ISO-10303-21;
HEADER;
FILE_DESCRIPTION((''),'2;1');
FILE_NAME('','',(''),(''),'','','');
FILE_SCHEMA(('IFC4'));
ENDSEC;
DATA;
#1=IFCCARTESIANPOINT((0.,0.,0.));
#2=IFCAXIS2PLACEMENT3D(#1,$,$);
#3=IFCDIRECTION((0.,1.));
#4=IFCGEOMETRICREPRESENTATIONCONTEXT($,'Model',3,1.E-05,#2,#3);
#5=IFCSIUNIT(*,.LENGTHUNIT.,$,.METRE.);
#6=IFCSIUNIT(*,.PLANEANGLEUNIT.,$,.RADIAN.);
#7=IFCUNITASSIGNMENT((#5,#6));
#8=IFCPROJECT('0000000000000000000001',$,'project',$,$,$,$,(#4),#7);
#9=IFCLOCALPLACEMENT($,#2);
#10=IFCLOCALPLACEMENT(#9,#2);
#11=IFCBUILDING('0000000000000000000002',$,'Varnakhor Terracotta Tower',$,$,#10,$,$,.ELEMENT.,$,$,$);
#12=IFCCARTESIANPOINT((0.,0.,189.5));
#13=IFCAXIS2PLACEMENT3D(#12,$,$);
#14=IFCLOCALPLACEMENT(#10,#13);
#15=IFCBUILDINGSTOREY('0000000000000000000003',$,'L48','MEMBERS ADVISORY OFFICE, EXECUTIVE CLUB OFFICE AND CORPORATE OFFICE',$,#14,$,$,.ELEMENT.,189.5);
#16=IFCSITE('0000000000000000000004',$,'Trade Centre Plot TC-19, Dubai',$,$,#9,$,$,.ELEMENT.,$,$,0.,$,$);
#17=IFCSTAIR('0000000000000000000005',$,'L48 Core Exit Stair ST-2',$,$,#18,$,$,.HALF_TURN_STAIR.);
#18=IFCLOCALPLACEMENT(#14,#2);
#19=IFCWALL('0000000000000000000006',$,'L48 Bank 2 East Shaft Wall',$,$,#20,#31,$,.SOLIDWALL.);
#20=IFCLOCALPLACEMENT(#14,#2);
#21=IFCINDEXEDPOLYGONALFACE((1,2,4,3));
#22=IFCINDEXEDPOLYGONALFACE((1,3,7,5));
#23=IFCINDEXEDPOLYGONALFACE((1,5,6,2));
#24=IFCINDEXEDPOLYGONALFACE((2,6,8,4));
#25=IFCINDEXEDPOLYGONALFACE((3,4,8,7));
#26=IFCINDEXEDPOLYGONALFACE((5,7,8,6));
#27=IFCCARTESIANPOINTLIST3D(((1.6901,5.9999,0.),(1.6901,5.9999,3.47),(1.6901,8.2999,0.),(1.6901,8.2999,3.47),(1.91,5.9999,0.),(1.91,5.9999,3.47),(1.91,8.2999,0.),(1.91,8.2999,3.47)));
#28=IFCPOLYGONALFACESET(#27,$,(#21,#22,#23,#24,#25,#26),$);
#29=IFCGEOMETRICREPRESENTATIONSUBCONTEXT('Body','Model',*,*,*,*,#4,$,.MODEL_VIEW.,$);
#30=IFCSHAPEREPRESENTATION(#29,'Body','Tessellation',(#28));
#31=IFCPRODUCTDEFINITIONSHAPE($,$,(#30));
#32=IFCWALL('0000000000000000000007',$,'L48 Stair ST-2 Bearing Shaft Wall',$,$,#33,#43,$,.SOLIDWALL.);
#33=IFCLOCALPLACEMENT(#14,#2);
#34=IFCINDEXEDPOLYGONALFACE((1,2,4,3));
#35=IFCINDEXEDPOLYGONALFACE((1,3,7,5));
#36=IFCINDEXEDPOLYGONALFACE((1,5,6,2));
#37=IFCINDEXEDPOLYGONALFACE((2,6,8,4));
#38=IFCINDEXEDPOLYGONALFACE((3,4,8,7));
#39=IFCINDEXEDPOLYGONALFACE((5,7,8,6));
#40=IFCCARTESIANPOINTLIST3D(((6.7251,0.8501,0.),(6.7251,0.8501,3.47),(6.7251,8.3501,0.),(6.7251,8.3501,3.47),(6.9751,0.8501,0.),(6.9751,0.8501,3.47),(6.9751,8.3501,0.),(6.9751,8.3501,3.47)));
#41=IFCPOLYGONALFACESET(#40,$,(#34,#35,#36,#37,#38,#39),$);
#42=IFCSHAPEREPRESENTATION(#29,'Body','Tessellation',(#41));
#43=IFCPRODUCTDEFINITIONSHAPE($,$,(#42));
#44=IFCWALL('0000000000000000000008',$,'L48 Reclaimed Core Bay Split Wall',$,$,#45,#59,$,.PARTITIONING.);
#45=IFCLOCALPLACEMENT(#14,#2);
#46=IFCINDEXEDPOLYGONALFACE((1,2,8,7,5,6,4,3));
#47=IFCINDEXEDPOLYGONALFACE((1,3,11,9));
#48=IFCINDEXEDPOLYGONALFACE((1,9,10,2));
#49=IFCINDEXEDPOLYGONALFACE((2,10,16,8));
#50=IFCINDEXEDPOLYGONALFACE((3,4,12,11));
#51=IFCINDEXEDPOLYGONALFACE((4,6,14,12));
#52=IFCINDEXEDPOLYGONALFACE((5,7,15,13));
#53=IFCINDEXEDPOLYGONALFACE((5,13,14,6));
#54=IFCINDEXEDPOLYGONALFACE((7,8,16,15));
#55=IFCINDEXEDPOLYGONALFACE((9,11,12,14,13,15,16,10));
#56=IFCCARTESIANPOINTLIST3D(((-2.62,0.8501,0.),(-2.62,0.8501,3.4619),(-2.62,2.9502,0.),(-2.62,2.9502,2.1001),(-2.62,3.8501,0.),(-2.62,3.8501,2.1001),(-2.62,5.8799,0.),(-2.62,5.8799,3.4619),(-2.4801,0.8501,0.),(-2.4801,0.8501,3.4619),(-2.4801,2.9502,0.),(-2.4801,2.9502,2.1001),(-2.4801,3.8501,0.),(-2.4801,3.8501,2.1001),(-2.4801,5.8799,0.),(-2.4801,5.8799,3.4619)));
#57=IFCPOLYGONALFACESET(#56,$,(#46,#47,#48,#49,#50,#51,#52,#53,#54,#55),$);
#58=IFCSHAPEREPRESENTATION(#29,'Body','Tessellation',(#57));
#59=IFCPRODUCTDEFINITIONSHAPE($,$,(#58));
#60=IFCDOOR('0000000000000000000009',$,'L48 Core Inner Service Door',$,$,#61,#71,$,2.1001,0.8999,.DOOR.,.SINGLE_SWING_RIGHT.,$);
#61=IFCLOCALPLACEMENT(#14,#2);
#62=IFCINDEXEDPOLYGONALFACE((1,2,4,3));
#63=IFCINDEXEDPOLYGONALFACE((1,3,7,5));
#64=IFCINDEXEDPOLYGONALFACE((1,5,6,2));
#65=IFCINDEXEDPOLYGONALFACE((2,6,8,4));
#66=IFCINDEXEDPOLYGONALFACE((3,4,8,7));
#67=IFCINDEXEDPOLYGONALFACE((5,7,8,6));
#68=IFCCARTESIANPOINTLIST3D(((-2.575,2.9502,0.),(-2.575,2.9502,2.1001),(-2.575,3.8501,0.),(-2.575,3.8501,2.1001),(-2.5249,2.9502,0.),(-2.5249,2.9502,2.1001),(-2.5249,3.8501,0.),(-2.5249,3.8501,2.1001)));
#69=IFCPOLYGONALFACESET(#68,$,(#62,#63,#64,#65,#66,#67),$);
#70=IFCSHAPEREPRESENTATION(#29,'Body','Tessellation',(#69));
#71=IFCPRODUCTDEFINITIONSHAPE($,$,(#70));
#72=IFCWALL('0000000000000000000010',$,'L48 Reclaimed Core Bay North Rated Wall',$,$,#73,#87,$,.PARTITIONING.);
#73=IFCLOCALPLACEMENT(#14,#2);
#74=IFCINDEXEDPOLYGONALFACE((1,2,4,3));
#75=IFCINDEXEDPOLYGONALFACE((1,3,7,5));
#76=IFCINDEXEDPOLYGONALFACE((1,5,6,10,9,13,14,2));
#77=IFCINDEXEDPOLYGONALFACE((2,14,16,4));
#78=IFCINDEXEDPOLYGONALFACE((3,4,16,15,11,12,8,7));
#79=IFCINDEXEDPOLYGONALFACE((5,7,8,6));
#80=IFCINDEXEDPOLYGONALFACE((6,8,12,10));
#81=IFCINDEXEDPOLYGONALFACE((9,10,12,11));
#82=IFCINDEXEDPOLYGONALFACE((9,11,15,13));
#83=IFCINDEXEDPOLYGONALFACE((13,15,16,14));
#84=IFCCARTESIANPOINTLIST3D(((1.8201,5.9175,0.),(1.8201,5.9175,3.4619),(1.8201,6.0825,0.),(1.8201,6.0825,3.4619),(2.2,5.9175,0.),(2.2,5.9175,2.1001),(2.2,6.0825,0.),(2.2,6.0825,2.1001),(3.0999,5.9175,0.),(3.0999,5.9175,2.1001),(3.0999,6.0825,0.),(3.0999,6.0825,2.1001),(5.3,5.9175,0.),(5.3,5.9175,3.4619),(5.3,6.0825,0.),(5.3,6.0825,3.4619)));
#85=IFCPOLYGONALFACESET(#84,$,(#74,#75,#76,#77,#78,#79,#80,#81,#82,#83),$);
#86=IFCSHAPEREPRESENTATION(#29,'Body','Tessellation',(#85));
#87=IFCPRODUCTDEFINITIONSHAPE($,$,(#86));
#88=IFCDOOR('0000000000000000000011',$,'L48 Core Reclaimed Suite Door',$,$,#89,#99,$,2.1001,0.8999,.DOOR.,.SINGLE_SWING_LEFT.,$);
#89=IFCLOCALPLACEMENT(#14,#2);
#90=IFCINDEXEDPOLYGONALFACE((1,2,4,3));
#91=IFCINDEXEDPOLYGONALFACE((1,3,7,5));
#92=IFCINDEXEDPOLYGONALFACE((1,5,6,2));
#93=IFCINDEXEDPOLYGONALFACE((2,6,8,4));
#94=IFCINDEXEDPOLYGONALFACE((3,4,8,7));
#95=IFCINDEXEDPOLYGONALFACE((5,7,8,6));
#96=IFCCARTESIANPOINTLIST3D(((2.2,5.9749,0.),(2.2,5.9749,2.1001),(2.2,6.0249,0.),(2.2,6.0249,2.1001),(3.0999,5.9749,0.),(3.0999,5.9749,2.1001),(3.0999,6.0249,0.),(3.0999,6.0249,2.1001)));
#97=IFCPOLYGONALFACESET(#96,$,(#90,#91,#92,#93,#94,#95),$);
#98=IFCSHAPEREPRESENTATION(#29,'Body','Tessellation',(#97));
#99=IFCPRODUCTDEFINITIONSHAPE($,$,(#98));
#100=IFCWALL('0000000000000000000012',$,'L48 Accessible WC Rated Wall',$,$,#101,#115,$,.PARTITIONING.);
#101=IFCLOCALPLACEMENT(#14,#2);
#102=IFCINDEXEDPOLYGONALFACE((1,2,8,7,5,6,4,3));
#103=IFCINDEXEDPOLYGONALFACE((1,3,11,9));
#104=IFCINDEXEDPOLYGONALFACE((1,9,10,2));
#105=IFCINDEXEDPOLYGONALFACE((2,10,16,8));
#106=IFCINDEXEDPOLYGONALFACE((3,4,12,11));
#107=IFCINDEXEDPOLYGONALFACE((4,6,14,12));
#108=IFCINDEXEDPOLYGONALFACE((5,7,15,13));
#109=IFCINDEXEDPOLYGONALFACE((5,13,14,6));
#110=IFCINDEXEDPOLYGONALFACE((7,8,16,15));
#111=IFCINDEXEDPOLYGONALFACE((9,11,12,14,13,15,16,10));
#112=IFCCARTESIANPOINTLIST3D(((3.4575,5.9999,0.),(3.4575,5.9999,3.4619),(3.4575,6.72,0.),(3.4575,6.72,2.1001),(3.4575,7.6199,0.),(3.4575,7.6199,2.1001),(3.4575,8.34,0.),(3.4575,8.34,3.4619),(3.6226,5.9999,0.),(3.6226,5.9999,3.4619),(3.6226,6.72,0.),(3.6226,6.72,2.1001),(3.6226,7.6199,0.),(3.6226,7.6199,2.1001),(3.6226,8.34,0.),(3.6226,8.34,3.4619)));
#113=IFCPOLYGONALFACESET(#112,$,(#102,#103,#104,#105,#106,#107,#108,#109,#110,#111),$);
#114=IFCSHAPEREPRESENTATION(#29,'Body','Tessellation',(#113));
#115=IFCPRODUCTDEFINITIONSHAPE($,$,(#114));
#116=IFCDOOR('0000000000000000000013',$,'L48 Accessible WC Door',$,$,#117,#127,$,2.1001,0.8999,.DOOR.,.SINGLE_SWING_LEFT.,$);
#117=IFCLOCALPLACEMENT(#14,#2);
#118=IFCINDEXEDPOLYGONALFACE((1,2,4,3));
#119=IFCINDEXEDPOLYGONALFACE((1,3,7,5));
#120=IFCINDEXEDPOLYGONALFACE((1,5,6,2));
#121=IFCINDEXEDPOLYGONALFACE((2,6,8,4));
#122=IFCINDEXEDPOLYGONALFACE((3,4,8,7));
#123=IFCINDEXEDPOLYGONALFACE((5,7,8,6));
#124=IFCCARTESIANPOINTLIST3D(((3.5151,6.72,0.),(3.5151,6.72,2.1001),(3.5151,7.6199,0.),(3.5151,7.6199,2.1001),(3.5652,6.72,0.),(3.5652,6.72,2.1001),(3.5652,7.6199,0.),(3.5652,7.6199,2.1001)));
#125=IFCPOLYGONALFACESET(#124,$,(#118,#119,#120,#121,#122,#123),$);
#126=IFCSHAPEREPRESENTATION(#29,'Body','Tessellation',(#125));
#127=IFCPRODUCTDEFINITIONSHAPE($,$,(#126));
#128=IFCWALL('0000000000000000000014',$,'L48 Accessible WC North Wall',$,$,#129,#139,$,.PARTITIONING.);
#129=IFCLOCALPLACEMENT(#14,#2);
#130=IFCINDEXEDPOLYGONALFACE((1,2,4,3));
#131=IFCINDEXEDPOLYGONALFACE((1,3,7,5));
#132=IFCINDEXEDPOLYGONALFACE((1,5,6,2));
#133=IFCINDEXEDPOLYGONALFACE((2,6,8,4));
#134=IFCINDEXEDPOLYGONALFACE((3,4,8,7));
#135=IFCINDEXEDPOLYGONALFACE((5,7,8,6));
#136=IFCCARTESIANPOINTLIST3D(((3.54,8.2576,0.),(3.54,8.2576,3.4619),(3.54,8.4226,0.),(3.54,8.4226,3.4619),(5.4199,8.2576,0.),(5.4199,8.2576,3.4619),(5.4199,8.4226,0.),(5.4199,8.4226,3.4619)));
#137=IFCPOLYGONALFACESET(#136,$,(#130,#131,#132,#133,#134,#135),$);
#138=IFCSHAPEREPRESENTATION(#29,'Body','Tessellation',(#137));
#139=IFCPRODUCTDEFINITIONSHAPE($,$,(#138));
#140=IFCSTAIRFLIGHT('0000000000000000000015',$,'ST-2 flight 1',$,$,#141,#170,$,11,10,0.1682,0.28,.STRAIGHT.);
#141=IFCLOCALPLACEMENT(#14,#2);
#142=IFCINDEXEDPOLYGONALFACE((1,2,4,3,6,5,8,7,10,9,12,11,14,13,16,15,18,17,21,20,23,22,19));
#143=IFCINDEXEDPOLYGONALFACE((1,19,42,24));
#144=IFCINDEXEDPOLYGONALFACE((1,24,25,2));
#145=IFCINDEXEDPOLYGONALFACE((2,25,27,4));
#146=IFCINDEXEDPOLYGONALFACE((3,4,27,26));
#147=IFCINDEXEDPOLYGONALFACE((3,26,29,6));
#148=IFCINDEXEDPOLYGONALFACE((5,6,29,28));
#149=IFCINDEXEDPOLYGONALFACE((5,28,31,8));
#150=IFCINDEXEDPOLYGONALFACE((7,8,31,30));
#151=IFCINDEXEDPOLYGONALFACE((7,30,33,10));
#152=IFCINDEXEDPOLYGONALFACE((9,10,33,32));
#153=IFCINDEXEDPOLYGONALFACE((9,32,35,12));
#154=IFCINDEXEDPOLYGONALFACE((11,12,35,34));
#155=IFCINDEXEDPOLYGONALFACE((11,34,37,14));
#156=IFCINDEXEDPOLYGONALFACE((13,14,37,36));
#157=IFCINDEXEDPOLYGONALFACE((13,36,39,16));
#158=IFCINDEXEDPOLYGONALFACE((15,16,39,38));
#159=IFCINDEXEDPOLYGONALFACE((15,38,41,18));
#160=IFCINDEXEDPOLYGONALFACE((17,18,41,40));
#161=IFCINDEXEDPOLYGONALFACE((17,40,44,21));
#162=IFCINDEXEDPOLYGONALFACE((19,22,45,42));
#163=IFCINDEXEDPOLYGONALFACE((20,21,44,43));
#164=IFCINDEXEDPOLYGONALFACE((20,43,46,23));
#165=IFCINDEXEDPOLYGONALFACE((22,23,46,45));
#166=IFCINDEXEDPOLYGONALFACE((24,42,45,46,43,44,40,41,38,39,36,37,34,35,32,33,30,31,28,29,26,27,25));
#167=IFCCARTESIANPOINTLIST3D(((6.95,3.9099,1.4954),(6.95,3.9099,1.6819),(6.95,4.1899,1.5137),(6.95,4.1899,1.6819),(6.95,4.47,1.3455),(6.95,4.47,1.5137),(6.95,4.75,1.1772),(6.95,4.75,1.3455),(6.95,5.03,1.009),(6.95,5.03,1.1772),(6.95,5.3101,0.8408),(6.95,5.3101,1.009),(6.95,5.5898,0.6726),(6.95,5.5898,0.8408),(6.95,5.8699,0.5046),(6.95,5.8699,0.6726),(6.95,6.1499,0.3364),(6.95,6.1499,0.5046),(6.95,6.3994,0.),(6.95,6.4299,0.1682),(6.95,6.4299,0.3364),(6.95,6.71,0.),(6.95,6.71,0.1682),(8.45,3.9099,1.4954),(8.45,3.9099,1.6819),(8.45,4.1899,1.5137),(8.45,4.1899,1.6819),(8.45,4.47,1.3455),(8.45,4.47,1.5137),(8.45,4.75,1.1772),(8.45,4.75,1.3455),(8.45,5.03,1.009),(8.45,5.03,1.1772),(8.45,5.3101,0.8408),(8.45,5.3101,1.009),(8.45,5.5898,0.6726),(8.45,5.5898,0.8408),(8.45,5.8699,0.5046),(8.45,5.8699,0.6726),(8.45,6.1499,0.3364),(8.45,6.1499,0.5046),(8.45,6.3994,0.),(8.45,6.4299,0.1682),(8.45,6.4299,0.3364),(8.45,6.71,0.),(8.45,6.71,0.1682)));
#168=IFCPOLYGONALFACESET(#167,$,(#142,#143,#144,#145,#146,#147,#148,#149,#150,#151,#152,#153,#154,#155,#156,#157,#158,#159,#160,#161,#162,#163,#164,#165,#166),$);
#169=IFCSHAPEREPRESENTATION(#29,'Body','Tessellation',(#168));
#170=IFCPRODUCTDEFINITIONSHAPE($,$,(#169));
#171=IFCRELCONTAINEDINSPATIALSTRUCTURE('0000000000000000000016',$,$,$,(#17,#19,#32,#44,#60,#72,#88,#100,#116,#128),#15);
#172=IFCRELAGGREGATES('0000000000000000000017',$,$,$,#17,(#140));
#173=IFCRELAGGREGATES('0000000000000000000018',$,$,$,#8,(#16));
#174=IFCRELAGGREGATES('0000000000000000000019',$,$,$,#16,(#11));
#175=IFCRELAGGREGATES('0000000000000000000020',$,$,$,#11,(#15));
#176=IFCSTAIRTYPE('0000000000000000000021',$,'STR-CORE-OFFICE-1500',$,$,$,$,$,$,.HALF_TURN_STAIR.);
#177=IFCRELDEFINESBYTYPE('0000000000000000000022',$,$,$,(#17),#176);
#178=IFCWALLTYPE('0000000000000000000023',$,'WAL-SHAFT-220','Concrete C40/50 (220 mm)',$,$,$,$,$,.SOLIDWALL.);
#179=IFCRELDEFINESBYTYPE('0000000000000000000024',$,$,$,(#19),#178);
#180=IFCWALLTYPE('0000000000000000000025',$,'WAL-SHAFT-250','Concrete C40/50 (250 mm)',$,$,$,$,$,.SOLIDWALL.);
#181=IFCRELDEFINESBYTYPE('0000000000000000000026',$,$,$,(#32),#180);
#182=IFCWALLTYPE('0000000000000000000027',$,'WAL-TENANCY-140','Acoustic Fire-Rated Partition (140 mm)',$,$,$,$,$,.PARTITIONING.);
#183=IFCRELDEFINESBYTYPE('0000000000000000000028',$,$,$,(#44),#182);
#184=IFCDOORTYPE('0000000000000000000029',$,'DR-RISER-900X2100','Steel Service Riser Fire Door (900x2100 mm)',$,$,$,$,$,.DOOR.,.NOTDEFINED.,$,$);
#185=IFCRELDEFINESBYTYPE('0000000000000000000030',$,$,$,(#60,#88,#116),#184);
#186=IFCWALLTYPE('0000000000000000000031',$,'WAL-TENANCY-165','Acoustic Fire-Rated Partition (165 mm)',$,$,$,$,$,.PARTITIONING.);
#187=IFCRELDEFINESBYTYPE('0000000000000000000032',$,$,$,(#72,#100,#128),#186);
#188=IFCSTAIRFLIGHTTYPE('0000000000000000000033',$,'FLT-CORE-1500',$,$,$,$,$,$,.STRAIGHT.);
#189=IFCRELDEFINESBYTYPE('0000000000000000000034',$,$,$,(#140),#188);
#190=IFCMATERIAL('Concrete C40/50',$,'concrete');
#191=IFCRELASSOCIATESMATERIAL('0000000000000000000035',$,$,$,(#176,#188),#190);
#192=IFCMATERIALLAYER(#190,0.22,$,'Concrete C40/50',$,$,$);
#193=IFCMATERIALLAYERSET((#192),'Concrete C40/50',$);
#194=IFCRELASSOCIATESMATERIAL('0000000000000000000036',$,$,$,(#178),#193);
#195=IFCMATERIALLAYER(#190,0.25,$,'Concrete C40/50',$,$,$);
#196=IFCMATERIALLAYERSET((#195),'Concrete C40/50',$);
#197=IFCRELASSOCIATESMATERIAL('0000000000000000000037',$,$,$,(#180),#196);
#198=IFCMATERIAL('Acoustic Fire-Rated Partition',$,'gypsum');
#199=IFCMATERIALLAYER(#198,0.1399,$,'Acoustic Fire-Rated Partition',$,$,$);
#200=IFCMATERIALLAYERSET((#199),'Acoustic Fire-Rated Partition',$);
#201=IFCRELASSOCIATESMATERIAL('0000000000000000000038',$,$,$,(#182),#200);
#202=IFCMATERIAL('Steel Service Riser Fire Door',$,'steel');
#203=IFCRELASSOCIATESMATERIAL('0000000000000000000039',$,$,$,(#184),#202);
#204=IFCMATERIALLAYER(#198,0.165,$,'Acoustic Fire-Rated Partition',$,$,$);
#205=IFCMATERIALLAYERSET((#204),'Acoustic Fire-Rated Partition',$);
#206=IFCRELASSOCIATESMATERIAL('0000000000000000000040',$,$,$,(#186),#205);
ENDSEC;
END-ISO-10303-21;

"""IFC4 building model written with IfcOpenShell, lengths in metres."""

from ifc_helpers import new_model, si_unit, direction, frame, frame_2d, origin, place, context, subcontext, project, spatial, polyline, rectangle, outline, extrude, source, transform, mapped, material, layer, layer_set, type_object, type_shapes, element, fill, aggregate, save


model = new_model("IFC4")

# Units and contexts
model_context = context("Model", 3, precision=1e-05, world=origin(), true_north=direction((0.0, 1.0)))
body_context = subcontext(model_context, "Body", "Model", "MODEL_VIEW")
ifc_project = project(units=[si_unit("LENGTHUNIT", "METRE"), si_unit("PLANEANGLEUNIT", "RADIAN")], contexts=[model_context])

# Site, building, storey
site_placement = place(None, origin())
site = spatial("IfcSite", under=ifc_project, at=site_placement, Name="Trade Centre Plot TC-19, Dubai", CompositionType="ELEMENT", RefElevation=0.0)
building_placement = place(site_placement, origin())
building = spatial("IfcBuilding", under=site, at=building_placement, Name="Varnakhor Terracotta Tower", CompositionType="ELEMENT")
storey_placement = place(building_placement, frame((0.0, 0.0, 189.5)))
storey = spatial("IfcBuildingStorey", under=building, at=storey_placement, Name="L48", Description="MEMBERS ADVISORY OFFICE, EXECUTIVE CLUB OFFICE AND CORPORATE OFFICE", CompositionType="ELEMENT", Elevation=189.5)

# Stair
ifc_material_1 = material(Name="Concrete C40/50", Category="concrete")
stair_type = type_object("IfcStairType", Name="STR-CORE-OFFICE-1500", PredefinedType="HALF_TURN_STAIR", material=ifc_material_1)
stair_1_placement = place(storey_placement, origin())
stair_1 = element("IfcStair", 1, at=stair_1_placement, inside=storey, type_object=stair_type, Name="L48 Core Exit Stair ST-2", PredefinedType="HALF_TURN_STAIR")

# Walls
ifc_layer_1 = layer(ifc_material_1, 0.22, Name="Concrete C40/50")
ifc_layer_set_1 = layer_set([ifc_layer_1], Name="Concrete C40/50")
wall_type_1 = type_object("IfcWallType", Name="WAL-SHAFT-220", Description="Concrete C40/50 (220 mm)", PredefinedType="SOLIDWALL", material=ifc_layer_set_1)
wall_1_placement = place(storey_placement, frame((1.8, 6.0, 0.0), z_axis=(0.0, 0.0, 1.0), x_axis=(0.0, 1.0, 0.0)))
element("IfcWall", 2, at=wall_1_placement, inside=storey, type_object=wall_type_1, Name="L48 Bank 2 East Shaft Wall", PredefinedType="SOLIDWALL", context=body_context, shape_type="SweptSolid", body=[
    extrude(rectangle(XDim=2.3, YDim=0.22, at=frame_2d((1.1499, 0.0))), origin(), (0.0, 0.0, 1.0), 3.47),
])
ifc_layer_2 = layer(ifc_material_1, 0.25, Name="Concrete C40/50")
ifc_layer_set_2 = layer_set([ifc_layer_2], Name="Concrete C40/50")
wall_type_2 = type_object("IfcWallType", Name="WAL-SHAFT-250", Description="Concrete C40/50 (250 mm)", PredefinedType="SOLIDWALL", material=ifc_layer_set_2)
wall_2_placement = place(storey_placement, frame((6.8501, 0.8501, 0.0), z_axis=(0.0, 0.0, 1.0), x_axis=(0.0, 1.0, 0.0)))
element("IfcWall", 3, at=wall_2_placement, inside=storey, type_object=wall_type_2, Name="L48 Stair ST-2 Bearing Shaft Wall", PredefinedType="SOLIDWALL", context=body_context, shape_type="SweptSolid", body=[
    extrude(rectangle(XDim=7.5, YDim=0.25, at=frame_2d((3.75, 0.0))), origin(), (0.0, 0.0, 1.0), 3.47),
])

# Walls, openings, doors
ifc_material_2 = material(Name="Acoustic Fire-Rated Partition", Category="gypsum")
ifc_layer_3 = layer(ifc_material_2, 0.1399, Name="Acoustic Fire-Rated Partition")
ifc_layer_set_3 = layer_set([ifc_layer_3], Name="Acoustic Fire-Rated Partition")
wall_type_3 = type_object("IfcWallType", Name="WAL-TENANCY-140", Description="Acoustic Fire-Rated Partition (140 mm)", PredefinedType="PARTITIONING", material=ifc_layer_set_3)
wall_3_placement = place(storey_placement, frame((-2.55, 0.8501, 0.0), z_axis=(0.0, 0.0, 1.0), x_axis=(0.0, 1.0, 0.0)))
wall_3 = element("IfcWall", 4, at=wall_3_placement, inside=storey, type_object=wall_type_3, Name="L48 Reclaimed Core Bay Split Wall", PredefinedType="PARTITIONING", context=body_context, shape_type="SweptSolid", body=[
    extrude(rectangle(XDim=5.0298, YDim=0.1399, at=frame_2d((2.5149, 0.0))), origin(), (0.0, 0.0, 1.0), 3.4619),
])
opening_1_placement = place(wall_3_placement, frame((2.1001, 0.0, 0.0)))
opening_1 = element("IfcOpeningElement", 5, at=opening_1_placement, cuts=wall_3, PredefinedType="OPENING", context=body_context, shape_type="SweptSolid", body=[
    extrude(rectangle(XDim=0.8999, YDim=2.1001, at=frame_2d((0.45, 1.05))), frame((0.0, 0.0801, 0.0), z_axis=(0.0, -1.0, 0.0), x_axis=(1.0, 0.0, 0.0)), (0.0, 0.0, 1.0), 0.1599),
])
ifc_material_3 = material(Name="Steel Service Riser Fire Door", Category="steel")
door_type_1 = type_object("IfcDoorType", Name="DR-RISER-900X2100", Description="Steel Service Riser Fire Door (900x2100 mm)", OperationType="NOTDEFINED", PredefinedType="DOOR", material=ifc_material_3)
shared_shape_1 = source(origin(), body_context, "Body", "SweptSolid", [
    extrude(rectangle(XDim=0.8999, YDim=2.1001, at=frame_2d((0.45, 1.05))), frame((0.0, 0.0249, 0.0), z_axis=(0.0, -1.0, 0.0), x_axis=(1.0, 0.0, 0.0)), (0.0, 0.0, 1.0), 0.05),
])
type_shapes(door_type_1, [shared_shape_1])
door_1_placement = place(opening_1_placement, origin())
door_1 = element("IfcDoor", 6, at=door_1_placement, inside=storey, type_object=door_type_1, Name="L48 Core Inner Service Door", OperationType="SINGLE_SWING_RIGHT", OverallHeight=2.1001, OverallWidth=0.8999, PredefinedType="DOOR", context=body_context, shape_type="MappedRepresentation", body=[
    mapped(shared_shape_1, transform((0.0, 0.0, 0.0), scale=1.0)),
])
fill(opening_1, door_1)
ifc_layer_4 = layer(ifc_material_2, 0.165, Name="Acoustic Fire-Rated Partition")
ifc_layer_set_4 = layer_set([ifc_layer_4], Name="Acoustic Fire-Rated Partition")
wall_type_4 = type_object("IfcWallType", Name="WAL-TENANCY-165", Description="Acoustic Fire-Rated Partition (165 mm)", PredefinedType="PARTITIONING", material=ifc_layer_set_4)
wall_4_placement = place(storey_placement, frame((1.8201, 6.0, 0.0), z_axis=(0.0, 0.0, 1.0), x_axis=(1.0, 0.0, 0.0)))
wall_4 = element("IfcWall", 7, at=wall_4_placement, inside=storey, type_object=wall_type_4, Name="L48 Reclaimed Core Bay North Rated Wall", PredefinedType="PARTITIONING", context=body_context, shape_type="SweptSolid", body=[
    extrude(rectangle(XDim=3.48, YDim=0.165, at=frame_2d((1.74, 0.0))), origin(), (0.0, 0.0, 1.0), 3.4619),
])
opening_2_placement = place(wall_4_placement, frame((0.3799, 0.0, 0.0)))
opening_2 = element("IfcOpeningElement", 8, at=opening_2_placement, cuts=wall_4, PredefinedType="OPENING", context=body_context, shape_type="SweptSolid", body=[
    extrude(rectangle(XDim=0.8999, YDim=2.1001, at=frame_2d((0.45, 1.05))), frame((0.0, 0.0925, 0.0), z_axis=(0.0, -1.0, 0.0), x_axis=(1.0, 0.0, 0.0)), (0.0, 0.0, 1.0), 0.1851),
])
door_2_placement = place(opening_2_placement, origin())
door_2 = element("IfcDoor", 9, at=door_2_placement, inside=storey, type_object=door_type_1, Name="L48 Core Reclaimed Suite Door", OperationType="SINGLE_SWING_LEFT", OverallHeight=2.1001, OverallWidth=0.8999, PredefinedType="DOOR", context=body_context, shape_type="MappedRepresentation", body=[
    mapped(shared_shape_1, transform((0.0, 0.0, 0.0), scale=1.0)),
])
fill(opening_2, door_2)
wall_5_placement = place(storey_placement, frame((3.54, 6.0, 0.0), z_axis=(0.0, 0.0, 1.0), x_axis=(0.0, 1.0, 0.0)))
wall_5 = element("IfcWall", 10, at=wall_5_placement, inside=storey, type_object=wall_type_4, Name="L48 Accessible WC Rated Wall", PredefinedType="PARTITIONING", context=body_context, shape_type="SweptSolid", body=[
    extrude(rectangle(XDim=2.3401, YDim=0.165, at=frame_2d((1.1699, 0.0))), origin(), (0.0, 0.0, 1.0), 3.4619),
])
opening_3_placement = place(wall_5_placement, frame((0.72, 0.0, 0.0)))
opening_3 = element("IfcOpeningElement", 11, at=opening_3_placement, cuts=wall_5, PredefinedType="OPENING", context=body_context, shape_type="SweptSolid", body=[
    extrude(rectangle(XDim=0.8999, YDim=2.1001, at=frame_2d((0.45, 1.05))), frame((0.0, 0.0925, 0.0), z_axis=(0.0, -1.0, 0.0), x_axis=(1.0, 0.0, 0.0)), (0.0, 0.0, 1.0), 0.1851),
])
door_3_placement = place(opening_3_placement, origin())
door_3 = element("IfcDoor", 12, at=door_3_placement, inside=storey, type_object=door_type_1, Name="L48 Accessible WC Door", OperationType="SINGLE_SWING_LEFT", OverallHeight=2.1001, OverallWidth=0.8999, PredefinedType="DOOR", context=body_context, shape_type="MappedRepresentation", body=[
    mapped(shared_shape_1, transform((0.0, 0.0, 0.0), scale=1.0)),
])
fill(opening_3, door_3)

# Wall
wall_6_placement = place(storey_placement, frame((3.54, 8.3401, 0.0), z_axis=(0.0, 0.0, 1.0), x_axis=(1.0, 0.0, 0.0)))
element("IfcWall", 13, at=wall_6_placement, inside=storey, type_object=wall_type_4, Name="L48 Accessible WC North Wall", PredefinedType="PARTITIONING", context=body_context, shape_type="SweptSolid", body=[
    extrude(rectangle(XDim=1.8799, YDim=0.165, at=frame_2d((0.9399, 0.0))), origin(), (0.0, 0.0, 1.0), 3.4619),
])

# Stair flight
stair_flight_type = type_object("IfcStairFlightType", Name="FLT-CORE-1500", PredefinedType="STRAIGHT", material=ifc_material_1)
stair_flight_1_placement = place(storey_placement, frame((7.7, 6.71, 0.0), z_axis=(0.0, 0.0, 1.0), x_axis=(0.0, -1.0, 0.0)))
stair_flight_1 = element("IfcStairFlight", 14, at=stair_flight_1_placement, type_object=stair_flight_type, Name="ST-2 flight 1", NumberOfRisers=11, NumberOfTreads=10, PredefinedType="STRAIGHT", RiserHeight=0.1682, TreadLength=0.28, context=body_context, shape_type="SweptSolid", body=[
    extrude(outline(polyline([(0.0, 0.0), (0.0, 0.1682), (0.28, 0.1682), (0.28, 0.3364), (0.5601, 0.3364), (0.5601, 0.5046), (0.8401, 0.5046), (0.8401, 0.6726), (1.1201, 0.6726), (1.1201, 0.8408), (1.3999, 0.8408), (1.3999, 1.009), (1.6799, 1.009), (1.6799, 1.1772), (1.96, 1.1772), (1.96, 1.3455), (2.24, 1.3455), (2.24, 1.5137), (2.52, 1.5137), (2.52, 1.6819), (2.8, 1.6819), (2.8, 1.8501), (2.8, 1.4954), (0.3105, 0.0), (0.0, 0.0)])), frame((0.0, 0.75, 0.0), z_axis=(0.0, -1.0, 0.0), x_axis=(1.0, 0.0, 0.0)), (0.0, 0.0, 1.0), 1.5),
])
aggregate(stair_1, [stair_flight_1])

save(model, "model.ifc")
